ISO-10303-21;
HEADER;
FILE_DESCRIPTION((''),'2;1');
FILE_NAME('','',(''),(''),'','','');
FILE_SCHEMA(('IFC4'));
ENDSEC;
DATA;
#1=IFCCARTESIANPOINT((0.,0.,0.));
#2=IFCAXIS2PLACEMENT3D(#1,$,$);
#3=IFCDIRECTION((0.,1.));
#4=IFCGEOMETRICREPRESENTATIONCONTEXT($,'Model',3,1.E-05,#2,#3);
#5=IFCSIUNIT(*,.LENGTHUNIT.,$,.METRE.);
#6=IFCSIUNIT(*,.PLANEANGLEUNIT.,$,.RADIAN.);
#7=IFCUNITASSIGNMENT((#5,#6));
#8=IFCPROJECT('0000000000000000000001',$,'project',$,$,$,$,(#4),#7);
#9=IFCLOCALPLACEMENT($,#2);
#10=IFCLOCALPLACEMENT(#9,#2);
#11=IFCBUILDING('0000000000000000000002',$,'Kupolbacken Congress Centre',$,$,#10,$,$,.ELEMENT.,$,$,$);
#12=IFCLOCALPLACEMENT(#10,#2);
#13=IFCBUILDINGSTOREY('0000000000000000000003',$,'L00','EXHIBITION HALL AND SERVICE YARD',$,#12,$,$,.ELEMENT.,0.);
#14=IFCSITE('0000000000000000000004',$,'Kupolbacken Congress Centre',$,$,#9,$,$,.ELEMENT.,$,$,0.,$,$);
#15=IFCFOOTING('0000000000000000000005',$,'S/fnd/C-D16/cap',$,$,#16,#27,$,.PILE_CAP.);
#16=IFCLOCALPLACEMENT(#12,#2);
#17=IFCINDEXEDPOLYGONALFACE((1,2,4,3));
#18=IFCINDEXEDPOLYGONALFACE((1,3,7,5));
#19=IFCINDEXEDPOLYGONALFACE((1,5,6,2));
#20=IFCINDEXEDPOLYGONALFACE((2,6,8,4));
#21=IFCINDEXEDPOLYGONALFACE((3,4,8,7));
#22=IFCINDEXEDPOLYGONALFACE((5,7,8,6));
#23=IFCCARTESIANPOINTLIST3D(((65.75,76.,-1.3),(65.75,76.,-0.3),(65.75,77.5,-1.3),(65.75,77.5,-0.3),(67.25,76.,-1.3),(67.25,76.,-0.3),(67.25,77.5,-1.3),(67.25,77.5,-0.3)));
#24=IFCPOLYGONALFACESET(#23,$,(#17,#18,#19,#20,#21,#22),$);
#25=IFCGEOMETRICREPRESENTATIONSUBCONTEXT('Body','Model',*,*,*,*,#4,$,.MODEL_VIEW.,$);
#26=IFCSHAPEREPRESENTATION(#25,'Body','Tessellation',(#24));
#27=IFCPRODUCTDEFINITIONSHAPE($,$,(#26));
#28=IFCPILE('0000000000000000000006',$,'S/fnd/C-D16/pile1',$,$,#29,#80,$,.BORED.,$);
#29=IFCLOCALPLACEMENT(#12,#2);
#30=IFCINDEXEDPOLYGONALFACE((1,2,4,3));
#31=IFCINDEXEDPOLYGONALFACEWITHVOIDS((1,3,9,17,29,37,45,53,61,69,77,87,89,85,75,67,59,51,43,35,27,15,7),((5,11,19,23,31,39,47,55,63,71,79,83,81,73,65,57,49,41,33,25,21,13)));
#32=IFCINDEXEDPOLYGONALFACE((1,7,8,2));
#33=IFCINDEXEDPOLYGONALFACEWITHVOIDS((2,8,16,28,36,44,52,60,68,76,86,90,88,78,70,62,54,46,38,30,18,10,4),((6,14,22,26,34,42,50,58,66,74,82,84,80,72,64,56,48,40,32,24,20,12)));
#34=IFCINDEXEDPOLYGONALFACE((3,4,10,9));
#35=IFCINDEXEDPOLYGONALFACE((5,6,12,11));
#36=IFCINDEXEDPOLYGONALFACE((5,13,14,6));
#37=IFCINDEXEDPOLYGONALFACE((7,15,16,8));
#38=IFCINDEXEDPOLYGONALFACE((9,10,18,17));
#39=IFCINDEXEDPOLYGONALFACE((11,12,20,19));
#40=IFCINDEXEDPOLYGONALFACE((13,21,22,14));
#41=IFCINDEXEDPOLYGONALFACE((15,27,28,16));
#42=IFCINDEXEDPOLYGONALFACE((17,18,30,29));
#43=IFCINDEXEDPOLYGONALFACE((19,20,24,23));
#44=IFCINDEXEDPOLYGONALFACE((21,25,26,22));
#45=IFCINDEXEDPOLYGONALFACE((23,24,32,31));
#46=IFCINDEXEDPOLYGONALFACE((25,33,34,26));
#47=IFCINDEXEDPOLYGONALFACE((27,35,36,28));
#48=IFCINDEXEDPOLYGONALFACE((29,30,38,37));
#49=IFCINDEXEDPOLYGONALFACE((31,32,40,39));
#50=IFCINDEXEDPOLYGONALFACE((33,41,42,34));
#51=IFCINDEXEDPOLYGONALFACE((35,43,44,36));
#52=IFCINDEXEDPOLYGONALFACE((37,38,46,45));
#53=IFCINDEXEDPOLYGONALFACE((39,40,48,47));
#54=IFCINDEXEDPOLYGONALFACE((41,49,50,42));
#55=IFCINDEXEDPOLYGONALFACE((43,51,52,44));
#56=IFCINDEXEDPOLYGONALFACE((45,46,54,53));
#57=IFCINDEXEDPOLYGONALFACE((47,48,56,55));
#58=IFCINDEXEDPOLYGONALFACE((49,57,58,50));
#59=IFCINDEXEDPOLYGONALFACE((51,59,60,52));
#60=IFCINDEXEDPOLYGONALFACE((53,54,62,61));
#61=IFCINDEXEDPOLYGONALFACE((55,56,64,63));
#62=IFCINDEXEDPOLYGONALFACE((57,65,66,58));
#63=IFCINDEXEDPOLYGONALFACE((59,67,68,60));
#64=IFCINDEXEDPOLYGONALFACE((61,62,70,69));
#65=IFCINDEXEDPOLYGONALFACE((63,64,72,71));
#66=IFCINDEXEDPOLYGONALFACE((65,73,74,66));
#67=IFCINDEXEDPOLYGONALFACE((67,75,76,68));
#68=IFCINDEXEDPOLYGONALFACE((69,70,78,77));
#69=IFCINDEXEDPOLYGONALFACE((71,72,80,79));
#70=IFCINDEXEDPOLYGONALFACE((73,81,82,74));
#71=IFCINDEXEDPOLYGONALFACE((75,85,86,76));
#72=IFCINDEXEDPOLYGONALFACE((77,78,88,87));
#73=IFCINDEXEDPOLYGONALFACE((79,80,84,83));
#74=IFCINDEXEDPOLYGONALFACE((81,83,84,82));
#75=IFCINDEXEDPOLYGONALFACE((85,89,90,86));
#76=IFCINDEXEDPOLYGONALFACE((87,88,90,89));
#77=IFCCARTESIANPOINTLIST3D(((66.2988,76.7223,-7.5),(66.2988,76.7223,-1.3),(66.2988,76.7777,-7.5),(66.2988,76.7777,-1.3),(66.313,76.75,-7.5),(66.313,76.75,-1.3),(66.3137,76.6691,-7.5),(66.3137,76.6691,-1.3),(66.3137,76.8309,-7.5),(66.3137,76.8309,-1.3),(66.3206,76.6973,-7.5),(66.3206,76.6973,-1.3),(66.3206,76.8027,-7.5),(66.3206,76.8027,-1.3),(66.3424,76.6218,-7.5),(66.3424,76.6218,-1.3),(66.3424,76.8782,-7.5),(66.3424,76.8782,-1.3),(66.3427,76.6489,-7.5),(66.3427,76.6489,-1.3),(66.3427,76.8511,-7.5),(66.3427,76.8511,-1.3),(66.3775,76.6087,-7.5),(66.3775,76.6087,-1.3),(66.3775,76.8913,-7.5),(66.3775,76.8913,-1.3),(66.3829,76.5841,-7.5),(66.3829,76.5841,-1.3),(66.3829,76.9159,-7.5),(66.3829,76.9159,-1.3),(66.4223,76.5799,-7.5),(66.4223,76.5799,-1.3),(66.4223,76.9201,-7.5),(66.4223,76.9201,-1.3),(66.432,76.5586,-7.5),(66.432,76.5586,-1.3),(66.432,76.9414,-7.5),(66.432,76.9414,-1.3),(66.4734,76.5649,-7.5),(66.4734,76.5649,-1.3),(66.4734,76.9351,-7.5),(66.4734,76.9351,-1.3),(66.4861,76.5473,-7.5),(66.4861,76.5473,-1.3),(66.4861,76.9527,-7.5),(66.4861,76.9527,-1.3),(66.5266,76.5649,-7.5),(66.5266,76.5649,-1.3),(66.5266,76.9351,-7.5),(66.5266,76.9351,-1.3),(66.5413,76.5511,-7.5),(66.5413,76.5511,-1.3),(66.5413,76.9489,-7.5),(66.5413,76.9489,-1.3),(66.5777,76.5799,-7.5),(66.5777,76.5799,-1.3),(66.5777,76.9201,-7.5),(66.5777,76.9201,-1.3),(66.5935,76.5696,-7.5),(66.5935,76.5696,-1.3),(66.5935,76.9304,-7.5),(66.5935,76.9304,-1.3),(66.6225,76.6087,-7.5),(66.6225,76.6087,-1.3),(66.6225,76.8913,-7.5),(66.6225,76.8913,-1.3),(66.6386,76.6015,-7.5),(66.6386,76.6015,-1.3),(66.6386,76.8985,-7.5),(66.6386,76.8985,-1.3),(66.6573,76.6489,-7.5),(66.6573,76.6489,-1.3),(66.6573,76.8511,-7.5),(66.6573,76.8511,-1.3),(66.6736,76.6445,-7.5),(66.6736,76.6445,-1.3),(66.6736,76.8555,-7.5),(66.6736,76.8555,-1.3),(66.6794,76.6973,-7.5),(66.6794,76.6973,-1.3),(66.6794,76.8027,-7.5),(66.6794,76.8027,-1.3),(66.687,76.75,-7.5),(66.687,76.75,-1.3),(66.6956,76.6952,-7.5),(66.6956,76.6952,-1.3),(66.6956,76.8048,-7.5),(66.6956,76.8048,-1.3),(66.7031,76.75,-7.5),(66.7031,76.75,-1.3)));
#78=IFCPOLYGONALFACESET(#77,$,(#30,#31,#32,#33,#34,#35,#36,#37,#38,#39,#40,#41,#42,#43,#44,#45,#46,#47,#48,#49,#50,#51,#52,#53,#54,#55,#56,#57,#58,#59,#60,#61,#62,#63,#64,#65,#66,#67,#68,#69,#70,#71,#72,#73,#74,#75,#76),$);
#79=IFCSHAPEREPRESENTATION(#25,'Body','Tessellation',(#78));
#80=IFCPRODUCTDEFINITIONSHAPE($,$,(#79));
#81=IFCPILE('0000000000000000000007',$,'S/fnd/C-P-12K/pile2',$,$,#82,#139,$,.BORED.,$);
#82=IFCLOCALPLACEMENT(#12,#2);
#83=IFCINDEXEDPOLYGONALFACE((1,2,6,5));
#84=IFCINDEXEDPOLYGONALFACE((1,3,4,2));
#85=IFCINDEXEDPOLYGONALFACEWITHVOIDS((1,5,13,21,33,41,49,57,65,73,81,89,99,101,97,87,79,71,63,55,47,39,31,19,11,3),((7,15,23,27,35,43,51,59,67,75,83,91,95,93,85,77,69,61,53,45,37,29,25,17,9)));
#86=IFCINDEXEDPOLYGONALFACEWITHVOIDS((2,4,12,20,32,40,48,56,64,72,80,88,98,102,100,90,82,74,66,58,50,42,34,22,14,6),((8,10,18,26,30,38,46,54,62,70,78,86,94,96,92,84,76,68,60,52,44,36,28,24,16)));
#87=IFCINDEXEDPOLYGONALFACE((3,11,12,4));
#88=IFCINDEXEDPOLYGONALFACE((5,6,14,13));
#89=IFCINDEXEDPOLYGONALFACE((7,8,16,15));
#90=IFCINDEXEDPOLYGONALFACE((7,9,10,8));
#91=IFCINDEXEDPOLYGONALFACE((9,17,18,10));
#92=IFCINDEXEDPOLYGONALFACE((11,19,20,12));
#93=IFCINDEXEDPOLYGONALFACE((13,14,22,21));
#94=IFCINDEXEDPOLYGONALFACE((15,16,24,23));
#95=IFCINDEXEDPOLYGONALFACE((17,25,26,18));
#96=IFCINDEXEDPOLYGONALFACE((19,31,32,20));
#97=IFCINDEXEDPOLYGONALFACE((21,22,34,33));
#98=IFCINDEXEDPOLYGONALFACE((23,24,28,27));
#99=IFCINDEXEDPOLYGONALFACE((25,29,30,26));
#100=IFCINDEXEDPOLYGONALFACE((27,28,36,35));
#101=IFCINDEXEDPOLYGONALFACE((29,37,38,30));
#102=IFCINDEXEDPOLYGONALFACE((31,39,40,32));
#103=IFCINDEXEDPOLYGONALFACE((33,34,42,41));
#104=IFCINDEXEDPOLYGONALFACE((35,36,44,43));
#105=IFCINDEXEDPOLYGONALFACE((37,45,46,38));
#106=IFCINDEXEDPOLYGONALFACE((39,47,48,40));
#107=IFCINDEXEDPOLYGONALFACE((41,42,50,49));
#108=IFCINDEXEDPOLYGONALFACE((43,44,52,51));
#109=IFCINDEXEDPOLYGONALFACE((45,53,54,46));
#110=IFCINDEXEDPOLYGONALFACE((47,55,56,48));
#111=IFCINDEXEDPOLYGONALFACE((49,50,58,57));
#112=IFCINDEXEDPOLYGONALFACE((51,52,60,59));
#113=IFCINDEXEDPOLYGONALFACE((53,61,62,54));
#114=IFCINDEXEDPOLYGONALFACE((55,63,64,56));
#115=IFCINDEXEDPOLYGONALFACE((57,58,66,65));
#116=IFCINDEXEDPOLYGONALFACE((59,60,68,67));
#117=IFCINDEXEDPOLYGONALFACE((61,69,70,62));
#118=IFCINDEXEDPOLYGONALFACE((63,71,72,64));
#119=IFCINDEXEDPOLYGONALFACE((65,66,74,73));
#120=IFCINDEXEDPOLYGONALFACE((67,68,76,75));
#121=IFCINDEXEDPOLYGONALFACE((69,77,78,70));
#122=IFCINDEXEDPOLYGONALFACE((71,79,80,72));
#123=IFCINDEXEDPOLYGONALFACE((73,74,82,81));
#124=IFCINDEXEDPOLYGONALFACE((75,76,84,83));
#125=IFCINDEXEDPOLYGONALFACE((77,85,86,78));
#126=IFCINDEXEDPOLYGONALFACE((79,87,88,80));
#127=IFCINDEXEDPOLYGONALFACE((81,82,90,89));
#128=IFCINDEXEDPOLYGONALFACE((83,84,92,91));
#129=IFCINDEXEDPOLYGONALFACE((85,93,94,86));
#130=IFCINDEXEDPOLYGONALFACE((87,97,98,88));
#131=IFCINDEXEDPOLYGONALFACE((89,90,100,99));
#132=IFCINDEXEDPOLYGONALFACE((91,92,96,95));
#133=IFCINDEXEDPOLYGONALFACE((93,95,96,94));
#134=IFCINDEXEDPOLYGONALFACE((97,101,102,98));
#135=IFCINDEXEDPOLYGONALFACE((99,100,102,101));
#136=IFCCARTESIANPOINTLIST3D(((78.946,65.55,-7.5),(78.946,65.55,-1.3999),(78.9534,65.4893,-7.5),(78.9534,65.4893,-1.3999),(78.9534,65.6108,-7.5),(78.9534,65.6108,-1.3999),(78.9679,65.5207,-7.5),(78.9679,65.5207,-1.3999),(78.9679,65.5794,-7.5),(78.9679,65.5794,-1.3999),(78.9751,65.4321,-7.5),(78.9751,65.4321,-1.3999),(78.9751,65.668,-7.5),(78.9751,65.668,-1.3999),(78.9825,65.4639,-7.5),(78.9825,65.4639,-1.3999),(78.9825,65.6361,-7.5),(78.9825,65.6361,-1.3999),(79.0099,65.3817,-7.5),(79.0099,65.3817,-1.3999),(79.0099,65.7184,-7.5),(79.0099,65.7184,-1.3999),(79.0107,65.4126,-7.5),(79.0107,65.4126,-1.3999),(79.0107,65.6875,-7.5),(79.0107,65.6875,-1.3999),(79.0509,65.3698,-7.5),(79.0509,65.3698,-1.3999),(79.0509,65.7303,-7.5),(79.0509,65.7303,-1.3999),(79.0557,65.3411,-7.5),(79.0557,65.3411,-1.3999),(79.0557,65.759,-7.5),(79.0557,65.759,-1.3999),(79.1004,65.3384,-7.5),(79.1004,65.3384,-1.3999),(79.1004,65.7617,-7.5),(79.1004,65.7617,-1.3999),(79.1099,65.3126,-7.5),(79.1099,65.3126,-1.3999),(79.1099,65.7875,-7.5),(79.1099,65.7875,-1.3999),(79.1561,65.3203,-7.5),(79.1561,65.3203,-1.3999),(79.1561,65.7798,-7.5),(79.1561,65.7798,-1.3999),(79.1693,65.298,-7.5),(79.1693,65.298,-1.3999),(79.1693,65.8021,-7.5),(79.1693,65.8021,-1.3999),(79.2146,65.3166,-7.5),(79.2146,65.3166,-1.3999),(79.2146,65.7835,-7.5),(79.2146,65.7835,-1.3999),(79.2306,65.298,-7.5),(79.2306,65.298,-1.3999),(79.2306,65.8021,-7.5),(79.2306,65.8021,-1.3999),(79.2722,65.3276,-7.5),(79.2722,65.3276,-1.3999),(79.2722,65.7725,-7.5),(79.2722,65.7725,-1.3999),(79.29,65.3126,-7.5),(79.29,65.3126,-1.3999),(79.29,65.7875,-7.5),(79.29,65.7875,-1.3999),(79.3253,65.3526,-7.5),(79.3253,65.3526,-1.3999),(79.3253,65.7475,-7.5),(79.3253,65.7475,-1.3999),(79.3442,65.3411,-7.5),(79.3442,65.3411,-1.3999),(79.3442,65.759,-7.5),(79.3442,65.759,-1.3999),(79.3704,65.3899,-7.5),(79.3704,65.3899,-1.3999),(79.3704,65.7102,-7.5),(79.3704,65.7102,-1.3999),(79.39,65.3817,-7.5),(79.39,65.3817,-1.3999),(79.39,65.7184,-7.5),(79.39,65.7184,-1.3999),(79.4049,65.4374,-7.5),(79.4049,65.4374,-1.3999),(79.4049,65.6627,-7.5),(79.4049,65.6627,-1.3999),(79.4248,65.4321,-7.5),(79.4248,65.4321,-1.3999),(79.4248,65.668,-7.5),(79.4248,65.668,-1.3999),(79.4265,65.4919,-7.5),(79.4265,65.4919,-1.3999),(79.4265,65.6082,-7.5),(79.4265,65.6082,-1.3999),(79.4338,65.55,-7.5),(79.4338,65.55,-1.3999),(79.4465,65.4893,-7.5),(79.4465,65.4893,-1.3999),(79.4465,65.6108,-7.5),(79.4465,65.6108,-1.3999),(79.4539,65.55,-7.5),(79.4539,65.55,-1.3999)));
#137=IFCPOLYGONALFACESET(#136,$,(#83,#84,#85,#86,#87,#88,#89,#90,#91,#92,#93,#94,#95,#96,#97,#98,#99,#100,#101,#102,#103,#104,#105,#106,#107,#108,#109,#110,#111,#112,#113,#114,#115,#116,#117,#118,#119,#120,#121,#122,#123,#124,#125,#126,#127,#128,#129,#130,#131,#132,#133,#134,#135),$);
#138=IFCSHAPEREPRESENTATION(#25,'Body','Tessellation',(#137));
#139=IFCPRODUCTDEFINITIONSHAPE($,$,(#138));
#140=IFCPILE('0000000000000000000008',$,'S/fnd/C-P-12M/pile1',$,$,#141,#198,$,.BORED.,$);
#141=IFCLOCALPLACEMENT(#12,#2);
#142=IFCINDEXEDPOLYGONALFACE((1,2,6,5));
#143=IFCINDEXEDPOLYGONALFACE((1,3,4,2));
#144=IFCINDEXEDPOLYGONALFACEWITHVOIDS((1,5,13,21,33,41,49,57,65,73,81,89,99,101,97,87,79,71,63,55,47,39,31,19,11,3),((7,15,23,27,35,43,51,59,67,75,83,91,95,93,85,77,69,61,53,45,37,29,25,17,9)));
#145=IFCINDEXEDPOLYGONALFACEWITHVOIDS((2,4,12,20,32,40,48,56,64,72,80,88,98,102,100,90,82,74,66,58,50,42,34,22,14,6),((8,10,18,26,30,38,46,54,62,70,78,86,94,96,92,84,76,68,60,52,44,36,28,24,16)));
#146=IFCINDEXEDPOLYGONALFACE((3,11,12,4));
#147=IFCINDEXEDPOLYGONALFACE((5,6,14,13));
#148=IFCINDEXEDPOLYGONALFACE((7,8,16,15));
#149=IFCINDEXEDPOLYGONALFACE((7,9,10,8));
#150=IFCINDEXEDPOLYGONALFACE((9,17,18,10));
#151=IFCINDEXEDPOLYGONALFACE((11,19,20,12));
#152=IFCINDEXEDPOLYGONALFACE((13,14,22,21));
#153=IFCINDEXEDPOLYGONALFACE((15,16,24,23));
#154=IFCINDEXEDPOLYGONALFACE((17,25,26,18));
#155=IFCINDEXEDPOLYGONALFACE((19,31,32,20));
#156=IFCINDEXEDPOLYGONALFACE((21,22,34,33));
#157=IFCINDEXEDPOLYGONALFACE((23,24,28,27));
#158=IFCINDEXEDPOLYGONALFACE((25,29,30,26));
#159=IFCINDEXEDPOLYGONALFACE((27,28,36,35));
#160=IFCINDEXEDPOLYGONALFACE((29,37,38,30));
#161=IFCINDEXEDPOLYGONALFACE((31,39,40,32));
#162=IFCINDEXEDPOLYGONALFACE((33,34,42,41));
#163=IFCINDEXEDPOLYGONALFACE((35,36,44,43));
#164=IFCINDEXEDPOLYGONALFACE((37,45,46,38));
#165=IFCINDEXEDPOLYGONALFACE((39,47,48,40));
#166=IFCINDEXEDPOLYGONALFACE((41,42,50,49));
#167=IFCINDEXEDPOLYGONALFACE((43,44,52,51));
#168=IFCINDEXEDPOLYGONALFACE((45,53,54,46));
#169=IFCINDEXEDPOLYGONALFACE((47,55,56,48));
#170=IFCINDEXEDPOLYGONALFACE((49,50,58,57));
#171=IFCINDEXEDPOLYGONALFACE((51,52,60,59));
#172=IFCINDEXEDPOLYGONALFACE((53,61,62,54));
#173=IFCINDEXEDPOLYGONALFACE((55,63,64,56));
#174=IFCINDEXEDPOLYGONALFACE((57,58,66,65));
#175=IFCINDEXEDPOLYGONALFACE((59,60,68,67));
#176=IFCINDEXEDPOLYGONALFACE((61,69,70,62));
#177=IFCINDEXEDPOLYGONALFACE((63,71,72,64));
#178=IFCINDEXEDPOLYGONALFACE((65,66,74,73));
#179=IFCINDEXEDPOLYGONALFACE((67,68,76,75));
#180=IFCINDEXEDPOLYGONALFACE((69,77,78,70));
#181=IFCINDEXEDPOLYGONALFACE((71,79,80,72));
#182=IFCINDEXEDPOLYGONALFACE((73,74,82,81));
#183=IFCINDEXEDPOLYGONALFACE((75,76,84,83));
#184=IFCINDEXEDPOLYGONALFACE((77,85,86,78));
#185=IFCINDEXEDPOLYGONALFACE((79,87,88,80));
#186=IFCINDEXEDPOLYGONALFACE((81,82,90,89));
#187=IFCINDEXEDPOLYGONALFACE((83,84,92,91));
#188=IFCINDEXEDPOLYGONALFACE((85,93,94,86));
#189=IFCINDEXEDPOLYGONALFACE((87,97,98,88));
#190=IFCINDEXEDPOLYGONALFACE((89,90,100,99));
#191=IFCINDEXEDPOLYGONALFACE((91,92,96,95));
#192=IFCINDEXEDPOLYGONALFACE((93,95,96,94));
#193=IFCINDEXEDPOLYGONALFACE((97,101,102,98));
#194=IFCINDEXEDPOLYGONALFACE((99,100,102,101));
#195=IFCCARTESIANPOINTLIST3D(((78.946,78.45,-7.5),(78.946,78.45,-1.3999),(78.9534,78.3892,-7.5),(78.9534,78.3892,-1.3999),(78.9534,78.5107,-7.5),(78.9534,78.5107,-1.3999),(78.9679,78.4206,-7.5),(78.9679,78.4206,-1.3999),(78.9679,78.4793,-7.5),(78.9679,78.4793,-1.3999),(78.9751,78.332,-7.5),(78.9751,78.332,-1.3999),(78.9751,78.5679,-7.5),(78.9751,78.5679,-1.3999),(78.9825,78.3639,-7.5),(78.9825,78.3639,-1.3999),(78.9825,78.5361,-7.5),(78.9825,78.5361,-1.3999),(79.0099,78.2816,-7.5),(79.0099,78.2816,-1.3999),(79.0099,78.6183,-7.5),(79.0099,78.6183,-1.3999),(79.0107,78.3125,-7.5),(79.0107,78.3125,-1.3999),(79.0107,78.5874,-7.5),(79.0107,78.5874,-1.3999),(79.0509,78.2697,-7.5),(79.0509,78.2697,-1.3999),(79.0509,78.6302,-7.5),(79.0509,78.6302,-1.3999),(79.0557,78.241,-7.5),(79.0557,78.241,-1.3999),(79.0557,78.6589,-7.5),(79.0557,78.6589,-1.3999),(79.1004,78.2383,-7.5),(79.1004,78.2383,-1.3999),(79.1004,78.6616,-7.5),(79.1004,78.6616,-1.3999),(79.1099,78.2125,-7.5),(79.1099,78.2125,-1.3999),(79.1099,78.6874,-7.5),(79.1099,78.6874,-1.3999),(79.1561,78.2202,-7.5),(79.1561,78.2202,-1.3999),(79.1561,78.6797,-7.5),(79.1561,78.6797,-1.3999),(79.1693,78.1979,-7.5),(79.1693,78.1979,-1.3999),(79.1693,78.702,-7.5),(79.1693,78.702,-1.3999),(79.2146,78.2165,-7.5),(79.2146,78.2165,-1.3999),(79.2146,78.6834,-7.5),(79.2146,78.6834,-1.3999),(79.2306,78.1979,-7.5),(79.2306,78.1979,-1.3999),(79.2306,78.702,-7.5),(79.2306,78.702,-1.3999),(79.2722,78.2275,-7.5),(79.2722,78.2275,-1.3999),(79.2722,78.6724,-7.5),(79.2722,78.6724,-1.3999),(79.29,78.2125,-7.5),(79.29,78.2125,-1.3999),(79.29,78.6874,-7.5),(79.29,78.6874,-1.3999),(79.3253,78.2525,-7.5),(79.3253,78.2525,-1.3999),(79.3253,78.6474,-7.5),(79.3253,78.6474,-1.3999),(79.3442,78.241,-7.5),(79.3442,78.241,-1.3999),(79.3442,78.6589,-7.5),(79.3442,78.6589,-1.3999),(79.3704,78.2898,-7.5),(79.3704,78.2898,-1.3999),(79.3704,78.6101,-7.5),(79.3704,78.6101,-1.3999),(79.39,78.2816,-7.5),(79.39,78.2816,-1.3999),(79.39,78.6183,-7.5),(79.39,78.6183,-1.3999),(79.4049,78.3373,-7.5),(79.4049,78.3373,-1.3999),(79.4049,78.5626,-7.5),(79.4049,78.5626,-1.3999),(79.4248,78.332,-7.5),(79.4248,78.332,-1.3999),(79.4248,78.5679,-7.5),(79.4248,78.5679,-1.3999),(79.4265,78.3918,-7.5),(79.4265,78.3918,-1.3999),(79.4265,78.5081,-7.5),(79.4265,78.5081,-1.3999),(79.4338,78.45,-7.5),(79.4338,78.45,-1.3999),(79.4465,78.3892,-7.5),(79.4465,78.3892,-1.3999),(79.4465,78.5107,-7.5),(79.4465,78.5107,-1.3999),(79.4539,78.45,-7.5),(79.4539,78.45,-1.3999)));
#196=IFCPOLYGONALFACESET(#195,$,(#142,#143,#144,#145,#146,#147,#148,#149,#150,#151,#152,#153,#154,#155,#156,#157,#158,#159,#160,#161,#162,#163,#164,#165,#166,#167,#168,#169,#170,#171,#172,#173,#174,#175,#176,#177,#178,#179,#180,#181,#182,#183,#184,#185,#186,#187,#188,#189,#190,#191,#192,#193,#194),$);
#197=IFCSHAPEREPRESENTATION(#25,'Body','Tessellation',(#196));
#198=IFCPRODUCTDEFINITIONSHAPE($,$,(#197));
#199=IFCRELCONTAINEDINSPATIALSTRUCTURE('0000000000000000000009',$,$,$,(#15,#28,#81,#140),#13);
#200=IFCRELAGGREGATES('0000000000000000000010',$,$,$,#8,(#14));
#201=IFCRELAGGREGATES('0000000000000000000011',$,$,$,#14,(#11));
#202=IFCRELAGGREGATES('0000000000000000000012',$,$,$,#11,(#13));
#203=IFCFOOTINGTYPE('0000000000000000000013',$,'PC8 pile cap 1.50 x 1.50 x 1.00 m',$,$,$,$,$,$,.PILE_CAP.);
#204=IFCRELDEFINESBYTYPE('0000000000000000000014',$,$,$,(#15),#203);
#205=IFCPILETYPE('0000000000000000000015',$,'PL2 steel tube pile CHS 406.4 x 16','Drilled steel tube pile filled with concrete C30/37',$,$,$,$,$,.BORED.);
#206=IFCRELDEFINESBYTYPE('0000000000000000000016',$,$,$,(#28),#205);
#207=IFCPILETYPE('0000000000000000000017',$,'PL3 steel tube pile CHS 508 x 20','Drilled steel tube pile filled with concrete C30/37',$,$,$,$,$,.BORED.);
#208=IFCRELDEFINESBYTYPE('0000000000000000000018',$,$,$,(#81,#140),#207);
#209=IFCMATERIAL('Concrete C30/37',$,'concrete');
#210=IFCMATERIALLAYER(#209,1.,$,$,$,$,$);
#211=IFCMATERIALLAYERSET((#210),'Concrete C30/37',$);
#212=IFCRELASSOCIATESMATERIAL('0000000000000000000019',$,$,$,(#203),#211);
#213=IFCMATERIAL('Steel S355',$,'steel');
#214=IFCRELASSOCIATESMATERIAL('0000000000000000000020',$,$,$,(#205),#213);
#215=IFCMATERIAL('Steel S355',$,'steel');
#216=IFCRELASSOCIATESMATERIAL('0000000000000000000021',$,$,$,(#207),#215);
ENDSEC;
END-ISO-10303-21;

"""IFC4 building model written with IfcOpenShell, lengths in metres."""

from ifc_helpers import new_model, si_unit, direction, frame, origin, origin_2d, place, context, subcontext, project, spatial, rectangle, hollow_circle, extrude, material, layer, layer_set, material_profile, profile_set, type_object, element, save


model = new_model("IFC4")

# Units and contexts
model_context = context("Model", 3, precision=1e-05, world=origin(), true_north=direction((0.0, 1.0)))
body_context = subcontext(model_context, "Body", "Model", "MODEL_VIEW")
ifc_project = project(units=[si_unit("LENGTHUNIT", "METRE"), si_unit("PLANEANGLEUNIT", "RADIAN")], contexts=[model_context])

# Site, building, storey
site_placement = place(None, origin())
site = spatial("IfcSite", under=ifc_project, at=site_placement, Name="Kupolbacken Congress Centre", CompositionType="ELEMENT", RefElevation=0.0)
building_placement = place(site_placement, origin())
building = spatial("IfcBuilding", under=site, at=building_placement, Name="Kupolbacken Congress Centre", CompositionType="ELEMENT")
storey_placement = place(building_placement, origin())
storey = spatial("IfcBuildingStorey", under=building, at=storey_placement, Name="L00", Description="EXHIBITION HALL AND SERVICE YARD", CompositionType="ELEMENT", Elevation=0.0)

# Footing
ifc_material_1 = material(Name="Concrete C30/37", Category="concrete")
ifc_layer_1 = layer(ifc_material_1, 1.0)
ifc_layer_set_1 = layer_set([ifc_layer_1], Name="Concrete C30/37")
footing_type_1 = type_object("IfcFootingType", Name="PC8 pile cap 1.50 x 1.50 x 1.00 m", PredefinedType="PILE_CAP", material=ifc_layer_set_1)
footing_1_placement = place(storey_placement, frame((66.5, 76.75, -1.3), z_axis=(0.0, 0.0, 1.0), x_axis=(1.0, 0.0, 0.0)))
element("IfcFooting", 1, at=footing_1_placement, inside=storey, type_object=footing_type_1, Name="S/fnd/C-D16/cap", PredefinedType="PILE_CAP", context=body_context, shape_type="SweptSolid", body=[
    extrude(rectangle(XDim=1.5, YDim=1.5, at=origin_2d()), origin(), (0.0, 0.0, 1.0), 1.0),
])

# Piles
ifc_material_2 = material(Name="Steel S355", Category="steel")
ifc_material_profile_1 = material_profile(ifc_material_2, hollow_circle(Radius=0.2031, WallThickness=0.0161, at=origin_2d()), Name="CHS 406.4 x 16")
ifc_profile_set_1 = profile_set([ifc_material_profile_1], Name="Steel S355")
pile_type_1 = type_object("IfcPileType", Name="PL2 steel tube pile CHS 406.4 x 16", Description="Drilled steel tube pile filled with concrete C30/37", PredefinedType="BORED", material=ifc_profile_set_1)
pile_placement = place(storey_placement, frame((66.5, 76.75, -1.3), z_axis=(0.0, 0.0, -1.0), x_axis=(1.0, 0.0, 0.0)))
element("IfcPile", 2, at=pile_placement, inside=storey, type_object=pile_type_1, Name="S/fnd/C-D16/pile1", PredefinedType="BORED", context=body_context, shape_type="SweptSolid", body=[
    extrude(hollow_circle(Radius=0.2031, WallThickness=0.0161, at=origin_2d()), origin(), (0.0, 0.0, 1.0), 6.2),
])
ifc_material_3 = material(Name="Steel S355", Category="steel")
ifc_material_profile_2 = material_profile(ifc_material_3, hollow_circle(Radius=0.2539, WallThickness=0.02, at=origin_2d()), Name="CHS 508 x 20")
ifc_profile_set_2 = profile_set([ifc_material_profile_2], Name="Steel S355")
pile_type_2 = type_object("IfcPileType", Name="PL3 steel tube pile CHS 508 x 20", Description="Drilled steel tube pile filled with concrete C30/37", PredefinedType="BORED", material=ifc_profile_set_2)
for number, where, z_axis, x_axis, name in (
    (3, (79.2, 65.55, -1.3999), (0.0, 0.0, -1.0), (1.0, 0.0, 0.0), "S/fnd/C-P-12K/pile2"),
    (4, (79.2, 78.45, -1.3999), (0.0, 0.0, -1.0), (1.0, 0.0, 0.0), "S/fnd/C-P-12M/pile1"),
):
    element("IfcPile", number, at=place(storey_placement, frame(where, z_axis=z_axis, x_axis=x_axis)), inside=storey, type_object=pile_type_2, Name=name, PredefinedType="BORED", context=body_context, shape_type="SweptSolid", body=[
        extrude(hollow_circle(Radius=0.2539, WallThickness=0.02, at=origin_2d()), origin(), (0.0, 0.0, 1.0), 6.1001),
    ])

save(model, "model.ifc")
